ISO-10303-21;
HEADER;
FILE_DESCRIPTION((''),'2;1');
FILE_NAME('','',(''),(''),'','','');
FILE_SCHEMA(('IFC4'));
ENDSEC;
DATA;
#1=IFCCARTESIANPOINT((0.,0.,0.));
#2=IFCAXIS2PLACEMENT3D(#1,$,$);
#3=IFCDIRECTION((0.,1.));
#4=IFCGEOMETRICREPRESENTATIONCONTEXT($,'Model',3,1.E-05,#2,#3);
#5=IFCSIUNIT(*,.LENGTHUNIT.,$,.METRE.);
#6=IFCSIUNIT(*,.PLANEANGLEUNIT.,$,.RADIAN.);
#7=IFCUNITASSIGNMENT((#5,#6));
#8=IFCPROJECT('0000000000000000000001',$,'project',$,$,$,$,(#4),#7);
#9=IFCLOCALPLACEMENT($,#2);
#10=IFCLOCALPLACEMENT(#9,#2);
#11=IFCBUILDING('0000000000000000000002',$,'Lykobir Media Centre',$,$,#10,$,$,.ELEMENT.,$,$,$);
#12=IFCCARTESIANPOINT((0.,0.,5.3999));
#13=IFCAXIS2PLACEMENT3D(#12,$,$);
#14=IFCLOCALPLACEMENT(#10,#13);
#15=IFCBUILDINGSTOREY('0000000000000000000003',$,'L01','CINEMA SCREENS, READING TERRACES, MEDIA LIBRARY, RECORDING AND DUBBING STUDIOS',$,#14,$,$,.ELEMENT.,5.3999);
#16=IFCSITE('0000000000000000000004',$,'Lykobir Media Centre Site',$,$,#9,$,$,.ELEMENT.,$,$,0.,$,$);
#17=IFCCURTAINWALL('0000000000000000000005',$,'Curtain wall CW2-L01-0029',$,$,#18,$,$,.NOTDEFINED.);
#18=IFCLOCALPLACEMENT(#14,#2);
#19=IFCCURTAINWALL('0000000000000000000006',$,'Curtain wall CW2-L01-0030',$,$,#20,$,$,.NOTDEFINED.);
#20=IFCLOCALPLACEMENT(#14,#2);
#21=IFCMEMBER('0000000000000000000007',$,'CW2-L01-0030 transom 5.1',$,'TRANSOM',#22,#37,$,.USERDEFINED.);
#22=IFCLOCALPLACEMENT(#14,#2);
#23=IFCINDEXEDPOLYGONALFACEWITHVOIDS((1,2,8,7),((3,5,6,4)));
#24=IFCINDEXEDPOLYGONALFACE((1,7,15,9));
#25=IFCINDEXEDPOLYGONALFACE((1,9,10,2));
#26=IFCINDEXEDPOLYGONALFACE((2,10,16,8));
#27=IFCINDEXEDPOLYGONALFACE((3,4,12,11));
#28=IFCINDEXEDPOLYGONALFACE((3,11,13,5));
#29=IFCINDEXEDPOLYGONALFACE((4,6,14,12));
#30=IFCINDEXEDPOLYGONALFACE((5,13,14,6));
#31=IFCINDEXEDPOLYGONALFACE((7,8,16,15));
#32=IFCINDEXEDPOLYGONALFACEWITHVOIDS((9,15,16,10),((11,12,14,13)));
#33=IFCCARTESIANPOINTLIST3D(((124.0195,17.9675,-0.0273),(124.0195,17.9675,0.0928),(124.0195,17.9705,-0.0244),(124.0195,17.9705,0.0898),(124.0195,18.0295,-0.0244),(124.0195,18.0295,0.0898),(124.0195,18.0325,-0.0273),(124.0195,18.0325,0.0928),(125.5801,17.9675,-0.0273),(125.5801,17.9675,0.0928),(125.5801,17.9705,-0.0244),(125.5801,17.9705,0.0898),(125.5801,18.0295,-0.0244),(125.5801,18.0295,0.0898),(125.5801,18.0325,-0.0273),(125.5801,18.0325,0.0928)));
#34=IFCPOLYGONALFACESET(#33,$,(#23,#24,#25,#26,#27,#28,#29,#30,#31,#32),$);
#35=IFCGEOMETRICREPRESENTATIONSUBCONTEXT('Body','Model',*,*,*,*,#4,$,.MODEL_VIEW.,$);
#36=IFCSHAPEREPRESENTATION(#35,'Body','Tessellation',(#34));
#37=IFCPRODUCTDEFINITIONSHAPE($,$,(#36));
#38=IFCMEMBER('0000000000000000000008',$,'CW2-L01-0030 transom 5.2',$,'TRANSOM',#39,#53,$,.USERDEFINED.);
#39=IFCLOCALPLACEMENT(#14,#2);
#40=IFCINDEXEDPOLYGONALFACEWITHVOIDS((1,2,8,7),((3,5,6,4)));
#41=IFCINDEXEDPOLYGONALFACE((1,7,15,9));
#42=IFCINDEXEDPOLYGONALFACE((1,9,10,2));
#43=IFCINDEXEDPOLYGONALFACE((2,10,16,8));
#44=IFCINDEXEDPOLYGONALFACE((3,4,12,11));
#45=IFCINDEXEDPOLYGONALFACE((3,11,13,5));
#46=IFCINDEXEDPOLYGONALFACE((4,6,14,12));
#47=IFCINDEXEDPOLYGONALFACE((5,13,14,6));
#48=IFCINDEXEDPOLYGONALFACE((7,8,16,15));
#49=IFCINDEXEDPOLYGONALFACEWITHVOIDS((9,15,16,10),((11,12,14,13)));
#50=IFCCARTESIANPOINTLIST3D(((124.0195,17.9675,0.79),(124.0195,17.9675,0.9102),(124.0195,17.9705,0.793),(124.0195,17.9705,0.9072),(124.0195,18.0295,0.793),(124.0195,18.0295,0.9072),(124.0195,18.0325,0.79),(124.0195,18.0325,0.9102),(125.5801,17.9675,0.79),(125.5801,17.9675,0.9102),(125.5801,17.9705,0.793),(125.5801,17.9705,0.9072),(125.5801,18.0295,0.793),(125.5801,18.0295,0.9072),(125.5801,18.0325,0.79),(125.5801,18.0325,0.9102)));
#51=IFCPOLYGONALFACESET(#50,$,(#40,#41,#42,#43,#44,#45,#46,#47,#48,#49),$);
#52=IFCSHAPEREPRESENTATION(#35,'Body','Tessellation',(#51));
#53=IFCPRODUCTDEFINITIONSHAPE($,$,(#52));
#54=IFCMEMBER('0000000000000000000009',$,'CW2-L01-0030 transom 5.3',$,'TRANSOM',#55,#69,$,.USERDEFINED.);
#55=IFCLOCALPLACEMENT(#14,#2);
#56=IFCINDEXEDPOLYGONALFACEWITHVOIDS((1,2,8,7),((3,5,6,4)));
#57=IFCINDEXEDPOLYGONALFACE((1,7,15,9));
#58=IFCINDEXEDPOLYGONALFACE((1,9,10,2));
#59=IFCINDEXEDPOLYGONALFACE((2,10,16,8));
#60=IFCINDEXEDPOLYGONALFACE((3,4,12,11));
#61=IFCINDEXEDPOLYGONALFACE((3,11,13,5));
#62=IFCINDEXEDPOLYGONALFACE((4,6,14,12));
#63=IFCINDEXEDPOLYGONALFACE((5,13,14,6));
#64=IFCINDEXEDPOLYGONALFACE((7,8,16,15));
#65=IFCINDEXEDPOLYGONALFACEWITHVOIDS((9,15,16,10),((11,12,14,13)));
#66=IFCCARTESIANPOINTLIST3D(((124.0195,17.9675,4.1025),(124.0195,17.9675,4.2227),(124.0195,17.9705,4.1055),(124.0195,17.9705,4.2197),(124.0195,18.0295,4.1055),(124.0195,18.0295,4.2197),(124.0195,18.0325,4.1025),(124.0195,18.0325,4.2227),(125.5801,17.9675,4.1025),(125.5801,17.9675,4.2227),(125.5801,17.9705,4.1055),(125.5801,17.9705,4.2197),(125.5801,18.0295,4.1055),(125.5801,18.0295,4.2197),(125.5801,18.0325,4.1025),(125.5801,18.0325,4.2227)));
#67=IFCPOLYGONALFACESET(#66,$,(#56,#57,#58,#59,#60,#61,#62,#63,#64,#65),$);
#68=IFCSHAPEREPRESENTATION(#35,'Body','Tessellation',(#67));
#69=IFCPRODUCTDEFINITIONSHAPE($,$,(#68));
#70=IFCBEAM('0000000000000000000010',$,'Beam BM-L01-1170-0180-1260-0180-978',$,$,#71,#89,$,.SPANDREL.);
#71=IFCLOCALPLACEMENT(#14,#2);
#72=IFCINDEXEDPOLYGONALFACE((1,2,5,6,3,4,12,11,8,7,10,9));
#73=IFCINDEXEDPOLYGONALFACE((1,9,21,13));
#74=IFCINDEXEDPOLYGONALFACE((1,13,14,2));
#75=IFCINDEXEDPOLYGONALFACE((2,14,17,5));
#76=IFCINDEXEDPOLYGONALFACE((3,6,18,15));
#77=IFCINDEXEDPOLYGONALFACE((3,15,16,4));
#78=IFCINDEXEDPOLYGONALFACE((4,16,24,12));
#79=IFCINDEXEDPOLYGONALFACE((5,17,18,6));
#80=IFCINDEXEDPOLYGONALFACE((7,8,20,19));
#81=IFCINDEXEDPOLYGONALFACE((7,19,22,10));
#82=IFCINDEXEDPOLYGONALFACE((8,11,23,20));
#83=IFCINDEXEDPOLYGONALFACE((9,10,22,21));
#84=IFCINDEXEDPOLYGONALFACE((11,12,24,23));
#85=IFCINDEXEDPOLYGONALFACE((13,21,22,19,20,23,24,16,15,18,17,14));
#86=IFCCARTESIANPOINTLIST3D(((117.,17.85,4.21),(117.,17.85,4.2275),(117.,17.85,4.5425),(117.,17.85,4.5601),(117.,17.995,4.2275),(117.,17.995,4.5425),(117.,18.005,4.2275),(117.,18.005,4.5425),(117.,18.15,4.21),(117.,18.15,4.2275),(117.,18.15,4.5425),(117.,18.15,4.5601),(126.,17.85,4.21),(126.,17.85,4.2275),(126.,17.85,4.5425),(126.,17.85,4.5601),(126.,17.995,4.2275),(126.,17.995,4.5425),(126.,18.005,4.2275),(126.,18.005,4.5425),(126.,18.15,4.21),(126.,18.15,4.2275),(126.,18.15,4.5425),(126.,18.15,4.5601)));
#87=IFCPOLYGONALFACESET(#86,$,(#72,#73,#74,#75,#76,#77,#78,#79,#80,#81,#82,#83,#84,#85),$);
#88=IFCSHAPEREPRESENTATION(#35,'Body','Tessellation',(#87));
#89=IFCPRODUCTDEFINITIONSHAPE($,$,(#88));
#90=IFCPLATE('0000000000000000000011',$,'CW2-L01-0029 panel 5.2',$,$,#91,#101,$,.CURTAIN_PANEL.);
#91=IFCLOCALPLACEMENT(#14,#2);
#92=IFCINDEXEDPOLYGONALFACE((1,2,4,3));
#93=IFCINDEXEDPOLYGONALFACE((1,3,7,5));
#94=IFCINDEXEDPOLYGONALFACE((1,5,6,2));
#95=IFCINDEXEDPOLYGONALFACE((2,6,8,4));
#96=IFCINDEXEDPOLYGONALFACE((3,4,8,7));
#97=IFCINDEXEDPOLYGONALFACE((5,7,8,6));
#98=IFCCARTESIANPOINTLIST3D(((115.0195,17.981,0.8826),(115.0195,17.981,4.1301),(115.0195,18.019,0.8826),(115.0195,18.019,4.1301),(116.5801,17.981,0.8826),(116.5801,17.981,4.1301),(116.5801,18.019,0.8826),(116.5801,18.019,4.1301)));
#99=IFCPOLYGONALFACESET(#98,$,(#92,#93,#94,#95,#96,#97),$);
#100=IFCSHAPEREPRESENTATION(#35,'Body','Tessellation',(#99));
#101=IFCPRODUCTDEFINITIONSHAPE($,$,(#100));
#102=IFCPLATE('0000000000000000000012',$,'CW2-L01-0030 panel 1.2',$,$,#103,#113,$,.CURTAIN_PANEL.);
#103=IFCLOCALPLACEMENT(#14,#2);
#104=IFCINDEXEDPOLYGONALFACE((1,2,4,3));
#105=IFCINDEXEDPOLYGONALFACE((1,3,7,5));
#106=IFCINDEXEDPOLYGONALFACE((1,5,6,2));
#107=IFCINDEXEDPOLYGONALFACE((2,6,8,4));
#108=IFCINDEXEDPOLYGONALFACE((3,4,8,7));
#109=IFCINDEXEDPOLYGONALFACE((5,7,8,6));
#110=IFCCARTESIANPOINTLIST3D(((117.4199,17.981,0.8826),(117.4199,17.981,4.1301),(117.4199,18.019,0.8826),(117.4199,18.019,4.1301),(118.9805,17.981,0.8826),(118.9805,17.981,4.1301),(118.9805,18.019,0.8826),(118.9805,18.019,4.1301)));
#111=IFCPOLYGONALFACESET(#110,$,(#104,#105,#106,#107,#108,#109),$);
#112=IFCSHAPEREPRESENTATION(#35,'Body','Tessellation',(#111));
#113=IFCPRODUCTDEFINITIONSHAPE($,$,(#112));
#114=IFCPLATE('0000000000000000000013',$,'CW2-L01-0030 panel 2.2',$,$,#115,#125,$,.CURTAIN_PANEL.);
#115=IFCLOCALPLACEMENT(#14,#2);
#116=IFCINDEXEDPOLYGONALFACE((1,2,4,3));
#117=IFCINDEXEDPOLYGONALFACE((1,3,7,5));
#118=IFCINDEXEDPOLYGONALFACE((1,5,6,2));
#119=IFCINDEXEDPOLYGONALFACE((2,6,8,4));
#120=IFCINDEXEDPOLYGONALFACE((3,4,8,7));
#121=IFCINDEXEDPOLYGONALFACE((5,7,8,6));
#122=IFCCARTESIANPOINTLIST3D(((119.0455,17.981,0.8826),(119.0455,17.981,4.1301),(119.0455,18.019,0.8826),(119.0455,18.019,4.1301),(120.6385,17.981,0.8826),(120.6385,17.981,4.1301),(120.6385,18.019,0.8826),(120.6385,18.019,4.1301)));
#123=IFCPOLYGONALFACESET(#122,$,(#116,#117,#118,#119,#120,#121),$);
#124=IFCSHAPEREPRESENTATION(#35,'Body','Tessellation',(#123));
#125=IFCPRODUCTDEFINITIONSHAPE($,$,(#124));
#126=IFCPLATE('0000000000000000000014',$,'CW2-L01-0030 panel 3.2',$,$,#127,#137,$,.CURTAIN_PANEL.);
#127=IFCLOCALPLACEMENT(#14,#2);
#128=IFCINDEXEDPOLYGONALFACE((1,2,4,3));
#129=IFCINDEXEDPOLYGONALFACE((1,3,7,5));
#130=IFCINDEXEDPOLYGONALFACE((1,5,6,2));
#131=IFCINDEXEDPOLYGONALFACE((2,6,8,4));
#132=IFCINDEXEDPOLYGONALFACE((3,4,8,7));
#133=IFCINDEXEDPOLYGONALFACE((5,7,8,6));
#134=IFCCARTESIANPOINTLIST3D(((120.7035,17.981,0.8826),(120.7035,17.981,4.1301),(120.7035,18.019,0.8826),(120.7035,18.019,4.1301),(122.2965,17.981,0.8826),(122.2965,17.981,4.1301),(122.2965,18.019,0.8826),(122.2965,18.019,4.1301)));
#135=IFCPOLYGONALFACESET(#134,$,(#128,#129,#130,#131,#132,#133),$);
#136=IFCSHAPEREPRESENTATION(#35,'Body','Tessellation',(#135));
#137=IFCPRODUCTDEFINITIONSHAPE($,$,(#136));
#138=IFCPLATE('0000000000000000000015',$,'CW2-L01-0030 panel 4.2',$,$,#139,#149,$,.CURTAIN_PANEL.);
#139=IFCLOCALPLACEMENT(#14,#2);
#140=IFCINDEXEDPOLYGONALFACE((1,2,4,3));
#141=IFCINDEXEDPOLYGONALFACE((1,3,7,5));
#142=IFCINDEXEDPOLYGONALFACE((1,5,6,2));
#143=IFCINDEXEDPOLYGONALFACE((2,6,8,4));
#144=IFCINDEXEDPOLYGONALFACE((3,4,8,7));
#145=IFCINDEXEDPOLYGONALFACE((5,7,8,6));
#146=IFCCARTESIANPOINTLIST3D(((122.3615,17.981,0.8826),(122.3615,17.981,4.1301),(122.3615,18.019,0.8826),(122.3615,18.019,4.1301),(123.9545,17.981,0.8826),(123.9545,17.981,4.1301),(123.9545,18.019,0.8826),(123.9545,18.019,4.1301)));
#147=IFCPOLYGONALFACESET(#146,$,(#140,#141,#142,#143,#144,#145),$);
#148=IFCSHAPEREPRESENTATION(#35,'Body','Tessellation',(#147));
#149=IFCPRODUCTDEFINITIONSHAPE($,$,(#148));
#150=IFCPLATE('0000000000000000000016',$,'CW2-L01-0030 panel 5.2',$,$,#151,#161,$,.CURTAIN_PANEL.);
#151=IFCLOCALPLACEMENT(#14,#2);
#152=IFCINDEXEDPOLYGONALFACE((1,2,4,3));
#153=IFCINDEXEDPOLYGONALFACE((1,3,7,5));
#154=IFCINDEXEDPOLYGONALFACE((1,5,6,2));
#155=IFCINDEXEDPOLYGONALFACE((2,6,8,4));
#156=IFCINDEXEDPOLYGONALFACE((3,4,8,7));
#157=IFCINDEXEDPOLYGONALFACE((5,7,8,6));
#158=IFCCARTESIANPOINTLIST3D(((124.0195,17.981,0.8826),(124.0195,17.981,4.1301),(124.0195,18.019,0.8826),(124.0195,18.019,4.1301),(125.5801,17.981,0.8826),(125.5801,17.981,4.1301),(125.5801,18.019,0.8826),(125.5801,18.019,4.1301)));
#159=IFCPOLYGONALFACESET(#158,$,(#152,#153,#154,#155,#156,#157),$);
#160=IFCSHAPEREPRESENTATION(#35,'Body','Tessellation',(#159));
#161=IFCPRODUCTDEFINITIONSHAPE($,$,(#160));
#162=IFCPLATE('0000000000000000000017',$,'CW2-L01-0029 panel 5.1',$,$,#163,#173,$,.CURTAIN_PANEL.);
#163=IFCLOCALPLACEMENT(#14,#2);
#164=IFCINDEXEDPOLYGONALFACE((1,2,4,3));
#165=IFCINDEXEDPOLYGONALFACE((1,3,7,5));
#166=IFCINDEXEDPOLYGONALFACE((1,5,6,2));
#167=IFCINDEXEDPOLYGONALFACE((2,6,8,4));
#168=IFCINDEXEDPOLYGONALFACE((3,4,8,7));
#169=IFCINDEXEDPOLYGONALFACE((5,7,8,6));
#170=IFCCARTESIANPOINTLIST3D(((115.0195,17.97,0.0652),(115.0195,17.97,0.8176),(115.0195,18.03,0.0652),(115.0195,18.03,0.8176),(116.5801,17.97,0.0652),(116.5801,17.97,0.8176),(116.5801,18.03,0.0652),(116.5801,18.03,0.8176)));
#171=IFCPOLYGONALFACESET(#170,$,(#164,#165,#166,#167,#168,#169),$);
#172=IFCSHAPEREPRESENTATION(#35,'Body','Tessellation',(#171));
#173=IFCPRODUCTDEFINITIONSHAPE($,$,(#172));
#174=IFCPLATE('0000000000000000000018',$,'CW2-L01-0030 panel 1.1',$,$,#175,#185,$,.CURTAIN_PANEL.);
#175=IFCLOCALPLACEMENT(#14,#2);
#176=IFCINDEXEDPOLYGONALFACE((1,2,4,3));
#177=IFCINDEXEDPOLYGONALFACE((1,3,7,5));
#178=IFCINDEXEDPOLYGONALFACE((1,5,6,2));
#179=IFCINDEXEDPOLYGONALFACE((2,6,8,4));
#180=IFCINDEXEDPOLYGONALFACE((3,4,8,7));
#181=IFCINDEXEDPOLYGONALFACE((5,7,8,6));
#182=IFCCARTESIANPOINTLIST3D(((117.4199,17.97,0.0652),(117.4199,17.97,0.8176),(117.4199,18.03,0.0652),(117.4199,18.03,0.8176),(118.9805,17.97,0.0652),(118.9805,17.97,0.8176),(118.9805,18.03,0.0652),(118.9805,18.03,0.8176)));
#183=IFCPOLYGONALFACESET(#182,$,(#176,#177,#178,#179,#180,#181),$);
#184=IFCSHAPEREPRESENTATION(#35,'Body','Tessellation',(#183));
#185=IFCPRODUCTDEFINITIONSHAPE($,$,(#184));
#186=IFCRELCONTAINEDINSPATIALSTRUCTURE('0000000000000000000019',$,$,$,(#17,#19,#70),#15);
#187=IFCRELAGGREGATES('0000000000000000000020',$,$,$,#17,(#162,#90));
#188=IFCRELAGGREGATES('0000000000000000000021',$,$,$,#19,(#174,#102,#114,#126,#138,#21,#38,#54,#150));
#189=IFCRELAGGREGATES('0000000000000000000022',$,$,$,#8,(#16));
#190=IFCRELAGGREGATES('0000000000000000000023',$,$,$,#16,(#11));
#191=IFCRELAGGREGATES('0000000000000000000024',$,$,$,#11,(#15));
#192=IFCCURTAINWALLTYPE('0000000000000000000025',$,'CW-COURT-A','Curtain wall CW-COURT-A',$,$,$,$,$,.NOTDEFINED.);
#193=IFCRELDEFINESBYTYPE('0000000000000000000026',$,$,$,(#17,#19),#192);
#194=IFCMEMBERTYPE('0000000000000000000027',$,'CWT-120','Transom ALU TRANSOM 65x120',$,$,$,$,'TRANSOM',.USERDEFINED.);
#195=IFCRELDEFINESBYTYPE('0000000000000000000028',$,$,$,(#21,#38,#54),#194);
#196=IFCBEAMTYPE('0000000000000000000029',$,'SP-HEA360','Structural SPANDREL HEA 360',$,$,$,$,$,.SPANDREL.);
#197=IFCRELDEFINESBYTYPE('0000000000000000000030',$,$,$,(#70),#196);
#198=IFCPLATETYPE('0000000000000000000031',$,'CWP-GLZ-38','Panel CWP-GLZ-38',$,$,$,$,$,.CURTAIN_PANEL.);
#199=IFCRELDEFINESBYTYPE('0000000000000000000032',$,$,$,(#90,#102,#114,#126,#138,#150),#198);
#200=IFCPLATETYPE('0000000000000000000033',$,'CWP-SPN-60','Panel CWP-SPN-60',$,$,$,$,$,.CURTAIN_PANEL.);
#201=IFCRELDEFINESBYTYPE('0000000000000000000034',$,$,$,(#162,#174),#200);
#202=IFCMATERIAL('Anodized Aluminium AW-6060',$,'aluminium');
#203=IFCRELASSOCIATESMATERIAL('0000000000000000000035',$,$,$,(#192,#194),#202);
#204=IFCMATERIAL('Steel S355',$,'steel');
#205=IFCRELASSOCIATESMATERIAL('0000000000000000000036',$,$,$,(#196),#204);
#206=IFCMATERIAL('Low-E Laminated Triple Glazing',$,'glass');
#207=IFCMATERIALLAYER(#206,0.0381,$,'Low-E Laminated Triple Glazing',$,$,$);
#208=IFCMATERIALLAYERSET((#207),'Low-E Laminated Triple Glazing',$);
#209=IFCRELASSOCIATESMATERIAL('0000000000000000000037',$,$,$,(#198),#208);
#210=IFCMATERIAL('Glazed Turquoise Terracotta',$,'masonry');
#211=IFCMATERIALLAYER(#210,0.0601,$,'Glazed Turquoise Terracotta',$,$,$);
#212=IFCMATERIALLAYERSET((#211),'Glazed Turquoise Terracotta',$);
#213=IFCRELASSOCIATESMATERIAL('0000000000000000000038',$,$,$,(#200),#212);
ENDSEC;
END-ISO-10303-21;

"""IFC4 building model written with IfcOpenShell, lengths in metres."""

from ifc_helpers import new_model, si_unit, direction, frame, origin, origin_2d, place, context, subcontext, project, spatial, rectangle, hollow_rectangle, i_section, extrude, material, layer, layer_set, material_profile, profile_set, type_object, element, aggregate, save


model = new_model("IFC4")

# Units and contexts
model_context = context("Model", 3, precision=1e-05, world=origin(), true_north=direction((0.0, 1.0)))
body_context = subcontext(model_context, "Body", "Model", "MODEL_VIEW")
ifc_project = project(units=[si_unit("LENGTHUNIT", "METRE"), si_unit("PLANEANGLEUNIT", "RADIAN")], contexts=[model_context])

# Site, building, storey
site_placement = place(None, origin())
site = spatial("IfcSite", under=ifc_project, at=site_placement, Name="Lykobir Media Centre Site", CompositionType="ELEMENT", RefElevation=0.0)
building_placement = place(site_placement, origin())
building = spatial("IfcBuilding", under=site, at=building_placement, Name="Lykobir Media Centre", CompositionType="ELEMENT")
storey_placement = place(building_placement, frame((0.0, 0.0, 5.3999)))
storey = spatial("IfcBuildingStorey", under=building, at=storey_placement, Name="L01", Description="CINEMA SCREENS, READING TERRACES, MEDIA LIBRARY, RECORDING AND DUBBING STUDIOS", CompositionType="ELEMENT", Elevation=5.3999)

# Curtain wall
ifc_material_1 = material(Name="Anodized Aluminium AW-6060", Category="aluminium")
curtain_wall_type = type_object("IfcCurtainWallType", Name="CW-COURT-A", Description="Curtain wall CW-COURT-A", PredefinedType="NOTDEFINED", material=ifc_material_1)
curtain_wall_1_placement = place(storey_placement, origin())
curtain_wall_1 = element("IfcCurtainWall", 1, at=curtain_wall_1_placement, inside=storey, type_object=curtain_wall_type, Name="Curtain wall CW2-L01-0029", PredefinedType="NOTDEFINED")

# Curtain wall
curtain_wall_2_placement = place(storey_placement, origin())
curtain_wall_2 = element("IfcCurtainWall", 2, at=curtain_wall_2_placement, inside=storey, type_object=curtain_wall_type, Name="Curtain wall CW2-L01-0030", PredefinedType="NOTDEFINED")

# Members
ifc_material_profile_1 = material_profile(ifc_material_1, hollow_rectangle(XDim=0.0649, YDim=0.1201, WallThickness=0.0029, at=origin_2d()), Name="ALU TRANSOM 65x120")
ifc_profile_set_1 = profile_set([ifc_material_profile_1], Name="Anodized Aluminium AW-6060")
member_type_1 = type_object("IfcMemberType", Name="CWT-120", Description="Transom ALU TRANSOM 65x120", ElementType="TRANSOM", PredefinedType="USERDEFINED", material=ifc_profile_set_1)
member_1_placement = place(storey_placement, frame((124.0195, 18.0, 0.0327), z_axis=(1.0, 0.0, 0.0), x_axis=(0.0, 1.0, 0.0)))
member_1 = element("IfcMember", 3, at=member_1_placement, type_object=member_type_1, Name="CW2-L01-0030 transom 5.1", ObjectType="TRANSOM", PredefinedType="USERDEFINED", context=body_context, shape_type="SweptSolid", body=[
    extrude(hollow_rectangle(XDim=0.0649, YDim=0.1201, WallThickness=0.0029, at=origin_2d()), origin(), (0.0, 0.0, 1.0), 1.5605),
])
member_2_placement = place(storey_placement, frame((124.0195, 18.0, 0.8501), z_axis=(1.0, 0.0, 0.0), x_axis=(0.0, 1.0, 0.0)))
member_2 = element("IfcMember", 4, at=member_2_placement, type_object=member_type_1, Name="CW2-L01-0030 transom 5.2", ObjectType="TRANSOM", PredefinedType="USERDEFINED", context=body_context, shape_type="SweptSolid", body=[
    extrude(hollow_rectangle(XDim=0.0649, YDim=0.1201, WallThickness=0.0029, at=origin_2d()), origin(), (0.0, 0.0, 1.0), 1.5605),
])
member_3_placement = place(storey_placement, frame((124.0195, 18.0, 4.1626), z_axis=(1.0, 0.0, 0.0), x_axis=(0.0, 1.0, 0.0)))
member_3 = element("IfcMember", 5, at=member_3_placement, type_object=member_type_1, Name="CW2-L01-0030 transom 5.3", ObjectType="TRANSOM", PredefinedType="USERDEFINED", context=body_context, shape_type="SweptSolid", body=[
    extrude(hollow_rectangle(XDim=0.0649, YDim=0.1201, WallThickness=0.0029, at=origin_2d()), origin(), (0.0, 0.0, 1.0), 1.5605),
])

# Beam
ifc_material_2 = material(Name="Steel S355", Category="steel")
ifc_material_profile_2 = material_profile(ifc_material_2, i_section(OverallWidth=0.3, OverallDepth=0.3501, WebThickness=0.01, FlangeThickness=0.0176, at=origin_2d()), Name="HEA 360")
ifc_profile_set_2 = profile_set([ifc_material_profile_2], Name="Steel S355")
beam_type = type_object("IfcBeamType", Name="SP-HEA360", Description="Structural SPANDREL HEA 360", PredefinedType="SPANDREL", material=ifc_profile_set_2)
beam_placement = place(storey_placement, frame((117.0, 18.0, 4.385), z_axis=(1.0, 0.0, 0.0), x_axis=(0.0, 1.0, 0.0)))
element("IfcBeam", 6, at=beam_placement, inside=storey, type_object=beam_type, Name="Beam BM-L01-1170-0180-1260-0180-978", PredefinedType="SPANDREL", context=body_context, shape_type="SweptSolid", body=[
    extrude(i_section(OverallWidth=0.3, OverallDepth=0.3501, WebThickness=0.01, FlangeThickness=0.0176, at=origin_2d()), origin(), (0.0, 0.0, 1.0), 9.0),
])

# Plates
ifc_material_3 = material(Name="Low-E Laminated Triple Glazing", Category="glass")
ifc_layer_1 = layer(ifc_material_3, 0.0381, Name="Low-E Laminated Triple Glazing")
ifc_layer_set_1 = layer_set([ifc_layer_1], Name="Low-E Laminated Triple Glazing")
plate_type_1 = type_object("IfcPlateType", Name="CWP-GLZ-38", Description="Panel CWP-GLZ-38", PredefinedType="CURTAIN_PANEL", material=ifc_layer_set_1)
plate_1_placement = place(storey_placement, frame((115.7998, 18.0, 0.8826), z_axis=(0.0, 0.0, 1.0), x_axis=(1.0, 0.0, 0.0)))
plate_1 = element("IfcPlate", 7, at=plate_1_placement, type_object=plate_type_1, Name="CW2-L01-0029 panel 5.2", PredefinedType="CURTAIN_PANEL", context=body_context, shape_type="SweptSolid", body=[
    extrude(rectangle(XDim=1.5605, YDim=0.0381, at=origin_2d()), origin(), (0.0, 0.0, 1.0), 3.2476),
])
plate_2_placement = place(storey_placement, frame((118.2002, 18.0, 0.8826), z_axis=(0.0, 0.0, 1.0), x_axis=(1.0, 0.0, 0.0)))
plate_2 = element("IfcPlate", 8, at=plate_2_placement, type_object=plate_type_1, Name="CW2-L01-0030 panel 1.2", PredefinedType="CURTAIN_PANEL", context=body_context, shape_type="SweptSolid", body=[
    extrude(rectangle(XDim=1.5605, YDim=0.0381, at=origin_2d()), origin(), (0.0, 0.0, 1.0), 3.2476),
])
plate_3_placement = place(storey_placement, frame((119.842, 18.0, 0.8826), z_axis=(0.0, 0.0, 1.0), x_axis=(1.0, 0.0, 0.0)))
plate_3 = element("IfcPlate", 9, at=plate_3_placement, type_object=plate_type_1, Name="CW2-L01-0030 panel 2.2", PredefinedType="CURTAIN_PANEL", context=body_context, shape_type="SweptSolid", body=[
    extrude(rectangle(XDim=1.593, YDim=0.0381, at=origin_2d()), origin(), (0.0, 0.0, 1.0), 3.2476),
])
plate_4_placement = place(storey_placement, frame((121.5, 18.0, 0.8826), z_axis=(0.0, 0.0, 1.0), x_axis=(1.0, 0.0, 0.0)))
plate_4 = element("IfcPlate", 10, at=plate_4_placement, type_object=plate_type_1, Name="CW2-L01-0030 panel 3.2", PredefinedType="CURTAIN_PANEL", context=body_context, shape_type="SweptSolid", body=[
    extrude(rectangle(XDim=1.593, YDim=0.0381, at=origin_2d()), origin(), (0.0, 0.0, 1.0), 3.2476),
])
plate_5_placement = place(storey_placement, frame((123.158, 18.0, 0.8826), z_axis=(0.0, 0.0, 1.0), x_axis=(1.0, 0.0, 0.0)))
plate_5 = element("IfcPlate", 11, at=plate_5_placement, type_object=plate_type_1, Name="CW2-L01-0030 panel 4.2", PredefinedType="CURTAIN_PANEL", context=body_context, shape_type="SweptSolid", body=[
    extrude(rectangle(XDim=1.593, YDim=0.0381, at=origin_2d()), origin(), (0.0, 0.0, 1.0), 3.2476),
])
plate_6_placement = place(storey_placement, frame((124.7998, 18.0, 0.8826), z_axis=(0.0, 0.0, 1.0), x_axis=(1.0, 0.0, 0.0)))
plate_6 = element("IfcPlate", 12, at=plate_6_placement, type_object=plate_type_1, Name="CW2-L01-0030 panel 5.2", PredefinedType="CURTAIN_PANEL", context=body_context, shape_type="SweptSolid", body=[
    extrude(rectangle(XDim=1.5605, YDim=0.0381, at=origin_2d()), origin(), (0.0, 0.0, 1.0), 3.2476),
])
ifc_material_4 = material(Name="Glazed Turquoise Terracotta", Category="masonry")
ifc_layer_2 = layer(ifc_material_4, 0.0601, Name="Glazed Turquoise Terracotta")
ifc_layer_set_2 = layer_set([ifc_layer_2], Name="Glazed Turquoise Terracotta")
plate_type_2 = type_object("IfcPlateType", Name="CWP-SPN-60", Description="Panel CWP-SPN-60", PredefinedType="CURTAIN_PANEL", material=ifc_layer_set_2)
plate_7_placement = place(storey_placement, frame((115.7998, 18.0, 0.0652), z_axis=(0.0, 0.0, 1.0), x_axis=(1.0, 0.0, 0.0)))
plate_7 = element("IfcPlate", 13, at=plate_7_placement, type_object=plate_type_2, Name="CW2-L01-0029 panel 5.1", PredefinedType="CURTAIN_PANEL", context=body_context, shape_type="SweptSolid", body=[
    extrude(rectangle(XDim=1.5605, YDim=0.0601, at=origin_2d()), origin(), (0.0, 0.0, 1.0), 0.7524),
])
aggregate(curtain_wall_1, [plate_7, plate_1])
plate_8_placement = place(storey_placement, frame((118.2002, 18.0, 0.0652), z_axis=(0.0, 0.0, 1.0), x_axis=(1.0, 0.0, 0.0)))
plate_8 = element("IfcPlate", 14, at=plate_8_placement, type_object=plate_type_2, Name="CW2-L01-0030 panel 1.1", PredefinedType="CURTAIN_PANEL", context=body_context, shape_type="SweptSolid", body=[
    extrude(rectangle(XDim=1.5605, YDim=0.0601, at=origin_2d()), origin(), (0.0, 0.0, 1.0), 0.7524),
])
aggregate(curtain_wall_2, [plate_8, plate_2, plate_3, plate_4, plate_5, member_1, member_2, member_3, plate_6])

save(model, "model.ifc")
